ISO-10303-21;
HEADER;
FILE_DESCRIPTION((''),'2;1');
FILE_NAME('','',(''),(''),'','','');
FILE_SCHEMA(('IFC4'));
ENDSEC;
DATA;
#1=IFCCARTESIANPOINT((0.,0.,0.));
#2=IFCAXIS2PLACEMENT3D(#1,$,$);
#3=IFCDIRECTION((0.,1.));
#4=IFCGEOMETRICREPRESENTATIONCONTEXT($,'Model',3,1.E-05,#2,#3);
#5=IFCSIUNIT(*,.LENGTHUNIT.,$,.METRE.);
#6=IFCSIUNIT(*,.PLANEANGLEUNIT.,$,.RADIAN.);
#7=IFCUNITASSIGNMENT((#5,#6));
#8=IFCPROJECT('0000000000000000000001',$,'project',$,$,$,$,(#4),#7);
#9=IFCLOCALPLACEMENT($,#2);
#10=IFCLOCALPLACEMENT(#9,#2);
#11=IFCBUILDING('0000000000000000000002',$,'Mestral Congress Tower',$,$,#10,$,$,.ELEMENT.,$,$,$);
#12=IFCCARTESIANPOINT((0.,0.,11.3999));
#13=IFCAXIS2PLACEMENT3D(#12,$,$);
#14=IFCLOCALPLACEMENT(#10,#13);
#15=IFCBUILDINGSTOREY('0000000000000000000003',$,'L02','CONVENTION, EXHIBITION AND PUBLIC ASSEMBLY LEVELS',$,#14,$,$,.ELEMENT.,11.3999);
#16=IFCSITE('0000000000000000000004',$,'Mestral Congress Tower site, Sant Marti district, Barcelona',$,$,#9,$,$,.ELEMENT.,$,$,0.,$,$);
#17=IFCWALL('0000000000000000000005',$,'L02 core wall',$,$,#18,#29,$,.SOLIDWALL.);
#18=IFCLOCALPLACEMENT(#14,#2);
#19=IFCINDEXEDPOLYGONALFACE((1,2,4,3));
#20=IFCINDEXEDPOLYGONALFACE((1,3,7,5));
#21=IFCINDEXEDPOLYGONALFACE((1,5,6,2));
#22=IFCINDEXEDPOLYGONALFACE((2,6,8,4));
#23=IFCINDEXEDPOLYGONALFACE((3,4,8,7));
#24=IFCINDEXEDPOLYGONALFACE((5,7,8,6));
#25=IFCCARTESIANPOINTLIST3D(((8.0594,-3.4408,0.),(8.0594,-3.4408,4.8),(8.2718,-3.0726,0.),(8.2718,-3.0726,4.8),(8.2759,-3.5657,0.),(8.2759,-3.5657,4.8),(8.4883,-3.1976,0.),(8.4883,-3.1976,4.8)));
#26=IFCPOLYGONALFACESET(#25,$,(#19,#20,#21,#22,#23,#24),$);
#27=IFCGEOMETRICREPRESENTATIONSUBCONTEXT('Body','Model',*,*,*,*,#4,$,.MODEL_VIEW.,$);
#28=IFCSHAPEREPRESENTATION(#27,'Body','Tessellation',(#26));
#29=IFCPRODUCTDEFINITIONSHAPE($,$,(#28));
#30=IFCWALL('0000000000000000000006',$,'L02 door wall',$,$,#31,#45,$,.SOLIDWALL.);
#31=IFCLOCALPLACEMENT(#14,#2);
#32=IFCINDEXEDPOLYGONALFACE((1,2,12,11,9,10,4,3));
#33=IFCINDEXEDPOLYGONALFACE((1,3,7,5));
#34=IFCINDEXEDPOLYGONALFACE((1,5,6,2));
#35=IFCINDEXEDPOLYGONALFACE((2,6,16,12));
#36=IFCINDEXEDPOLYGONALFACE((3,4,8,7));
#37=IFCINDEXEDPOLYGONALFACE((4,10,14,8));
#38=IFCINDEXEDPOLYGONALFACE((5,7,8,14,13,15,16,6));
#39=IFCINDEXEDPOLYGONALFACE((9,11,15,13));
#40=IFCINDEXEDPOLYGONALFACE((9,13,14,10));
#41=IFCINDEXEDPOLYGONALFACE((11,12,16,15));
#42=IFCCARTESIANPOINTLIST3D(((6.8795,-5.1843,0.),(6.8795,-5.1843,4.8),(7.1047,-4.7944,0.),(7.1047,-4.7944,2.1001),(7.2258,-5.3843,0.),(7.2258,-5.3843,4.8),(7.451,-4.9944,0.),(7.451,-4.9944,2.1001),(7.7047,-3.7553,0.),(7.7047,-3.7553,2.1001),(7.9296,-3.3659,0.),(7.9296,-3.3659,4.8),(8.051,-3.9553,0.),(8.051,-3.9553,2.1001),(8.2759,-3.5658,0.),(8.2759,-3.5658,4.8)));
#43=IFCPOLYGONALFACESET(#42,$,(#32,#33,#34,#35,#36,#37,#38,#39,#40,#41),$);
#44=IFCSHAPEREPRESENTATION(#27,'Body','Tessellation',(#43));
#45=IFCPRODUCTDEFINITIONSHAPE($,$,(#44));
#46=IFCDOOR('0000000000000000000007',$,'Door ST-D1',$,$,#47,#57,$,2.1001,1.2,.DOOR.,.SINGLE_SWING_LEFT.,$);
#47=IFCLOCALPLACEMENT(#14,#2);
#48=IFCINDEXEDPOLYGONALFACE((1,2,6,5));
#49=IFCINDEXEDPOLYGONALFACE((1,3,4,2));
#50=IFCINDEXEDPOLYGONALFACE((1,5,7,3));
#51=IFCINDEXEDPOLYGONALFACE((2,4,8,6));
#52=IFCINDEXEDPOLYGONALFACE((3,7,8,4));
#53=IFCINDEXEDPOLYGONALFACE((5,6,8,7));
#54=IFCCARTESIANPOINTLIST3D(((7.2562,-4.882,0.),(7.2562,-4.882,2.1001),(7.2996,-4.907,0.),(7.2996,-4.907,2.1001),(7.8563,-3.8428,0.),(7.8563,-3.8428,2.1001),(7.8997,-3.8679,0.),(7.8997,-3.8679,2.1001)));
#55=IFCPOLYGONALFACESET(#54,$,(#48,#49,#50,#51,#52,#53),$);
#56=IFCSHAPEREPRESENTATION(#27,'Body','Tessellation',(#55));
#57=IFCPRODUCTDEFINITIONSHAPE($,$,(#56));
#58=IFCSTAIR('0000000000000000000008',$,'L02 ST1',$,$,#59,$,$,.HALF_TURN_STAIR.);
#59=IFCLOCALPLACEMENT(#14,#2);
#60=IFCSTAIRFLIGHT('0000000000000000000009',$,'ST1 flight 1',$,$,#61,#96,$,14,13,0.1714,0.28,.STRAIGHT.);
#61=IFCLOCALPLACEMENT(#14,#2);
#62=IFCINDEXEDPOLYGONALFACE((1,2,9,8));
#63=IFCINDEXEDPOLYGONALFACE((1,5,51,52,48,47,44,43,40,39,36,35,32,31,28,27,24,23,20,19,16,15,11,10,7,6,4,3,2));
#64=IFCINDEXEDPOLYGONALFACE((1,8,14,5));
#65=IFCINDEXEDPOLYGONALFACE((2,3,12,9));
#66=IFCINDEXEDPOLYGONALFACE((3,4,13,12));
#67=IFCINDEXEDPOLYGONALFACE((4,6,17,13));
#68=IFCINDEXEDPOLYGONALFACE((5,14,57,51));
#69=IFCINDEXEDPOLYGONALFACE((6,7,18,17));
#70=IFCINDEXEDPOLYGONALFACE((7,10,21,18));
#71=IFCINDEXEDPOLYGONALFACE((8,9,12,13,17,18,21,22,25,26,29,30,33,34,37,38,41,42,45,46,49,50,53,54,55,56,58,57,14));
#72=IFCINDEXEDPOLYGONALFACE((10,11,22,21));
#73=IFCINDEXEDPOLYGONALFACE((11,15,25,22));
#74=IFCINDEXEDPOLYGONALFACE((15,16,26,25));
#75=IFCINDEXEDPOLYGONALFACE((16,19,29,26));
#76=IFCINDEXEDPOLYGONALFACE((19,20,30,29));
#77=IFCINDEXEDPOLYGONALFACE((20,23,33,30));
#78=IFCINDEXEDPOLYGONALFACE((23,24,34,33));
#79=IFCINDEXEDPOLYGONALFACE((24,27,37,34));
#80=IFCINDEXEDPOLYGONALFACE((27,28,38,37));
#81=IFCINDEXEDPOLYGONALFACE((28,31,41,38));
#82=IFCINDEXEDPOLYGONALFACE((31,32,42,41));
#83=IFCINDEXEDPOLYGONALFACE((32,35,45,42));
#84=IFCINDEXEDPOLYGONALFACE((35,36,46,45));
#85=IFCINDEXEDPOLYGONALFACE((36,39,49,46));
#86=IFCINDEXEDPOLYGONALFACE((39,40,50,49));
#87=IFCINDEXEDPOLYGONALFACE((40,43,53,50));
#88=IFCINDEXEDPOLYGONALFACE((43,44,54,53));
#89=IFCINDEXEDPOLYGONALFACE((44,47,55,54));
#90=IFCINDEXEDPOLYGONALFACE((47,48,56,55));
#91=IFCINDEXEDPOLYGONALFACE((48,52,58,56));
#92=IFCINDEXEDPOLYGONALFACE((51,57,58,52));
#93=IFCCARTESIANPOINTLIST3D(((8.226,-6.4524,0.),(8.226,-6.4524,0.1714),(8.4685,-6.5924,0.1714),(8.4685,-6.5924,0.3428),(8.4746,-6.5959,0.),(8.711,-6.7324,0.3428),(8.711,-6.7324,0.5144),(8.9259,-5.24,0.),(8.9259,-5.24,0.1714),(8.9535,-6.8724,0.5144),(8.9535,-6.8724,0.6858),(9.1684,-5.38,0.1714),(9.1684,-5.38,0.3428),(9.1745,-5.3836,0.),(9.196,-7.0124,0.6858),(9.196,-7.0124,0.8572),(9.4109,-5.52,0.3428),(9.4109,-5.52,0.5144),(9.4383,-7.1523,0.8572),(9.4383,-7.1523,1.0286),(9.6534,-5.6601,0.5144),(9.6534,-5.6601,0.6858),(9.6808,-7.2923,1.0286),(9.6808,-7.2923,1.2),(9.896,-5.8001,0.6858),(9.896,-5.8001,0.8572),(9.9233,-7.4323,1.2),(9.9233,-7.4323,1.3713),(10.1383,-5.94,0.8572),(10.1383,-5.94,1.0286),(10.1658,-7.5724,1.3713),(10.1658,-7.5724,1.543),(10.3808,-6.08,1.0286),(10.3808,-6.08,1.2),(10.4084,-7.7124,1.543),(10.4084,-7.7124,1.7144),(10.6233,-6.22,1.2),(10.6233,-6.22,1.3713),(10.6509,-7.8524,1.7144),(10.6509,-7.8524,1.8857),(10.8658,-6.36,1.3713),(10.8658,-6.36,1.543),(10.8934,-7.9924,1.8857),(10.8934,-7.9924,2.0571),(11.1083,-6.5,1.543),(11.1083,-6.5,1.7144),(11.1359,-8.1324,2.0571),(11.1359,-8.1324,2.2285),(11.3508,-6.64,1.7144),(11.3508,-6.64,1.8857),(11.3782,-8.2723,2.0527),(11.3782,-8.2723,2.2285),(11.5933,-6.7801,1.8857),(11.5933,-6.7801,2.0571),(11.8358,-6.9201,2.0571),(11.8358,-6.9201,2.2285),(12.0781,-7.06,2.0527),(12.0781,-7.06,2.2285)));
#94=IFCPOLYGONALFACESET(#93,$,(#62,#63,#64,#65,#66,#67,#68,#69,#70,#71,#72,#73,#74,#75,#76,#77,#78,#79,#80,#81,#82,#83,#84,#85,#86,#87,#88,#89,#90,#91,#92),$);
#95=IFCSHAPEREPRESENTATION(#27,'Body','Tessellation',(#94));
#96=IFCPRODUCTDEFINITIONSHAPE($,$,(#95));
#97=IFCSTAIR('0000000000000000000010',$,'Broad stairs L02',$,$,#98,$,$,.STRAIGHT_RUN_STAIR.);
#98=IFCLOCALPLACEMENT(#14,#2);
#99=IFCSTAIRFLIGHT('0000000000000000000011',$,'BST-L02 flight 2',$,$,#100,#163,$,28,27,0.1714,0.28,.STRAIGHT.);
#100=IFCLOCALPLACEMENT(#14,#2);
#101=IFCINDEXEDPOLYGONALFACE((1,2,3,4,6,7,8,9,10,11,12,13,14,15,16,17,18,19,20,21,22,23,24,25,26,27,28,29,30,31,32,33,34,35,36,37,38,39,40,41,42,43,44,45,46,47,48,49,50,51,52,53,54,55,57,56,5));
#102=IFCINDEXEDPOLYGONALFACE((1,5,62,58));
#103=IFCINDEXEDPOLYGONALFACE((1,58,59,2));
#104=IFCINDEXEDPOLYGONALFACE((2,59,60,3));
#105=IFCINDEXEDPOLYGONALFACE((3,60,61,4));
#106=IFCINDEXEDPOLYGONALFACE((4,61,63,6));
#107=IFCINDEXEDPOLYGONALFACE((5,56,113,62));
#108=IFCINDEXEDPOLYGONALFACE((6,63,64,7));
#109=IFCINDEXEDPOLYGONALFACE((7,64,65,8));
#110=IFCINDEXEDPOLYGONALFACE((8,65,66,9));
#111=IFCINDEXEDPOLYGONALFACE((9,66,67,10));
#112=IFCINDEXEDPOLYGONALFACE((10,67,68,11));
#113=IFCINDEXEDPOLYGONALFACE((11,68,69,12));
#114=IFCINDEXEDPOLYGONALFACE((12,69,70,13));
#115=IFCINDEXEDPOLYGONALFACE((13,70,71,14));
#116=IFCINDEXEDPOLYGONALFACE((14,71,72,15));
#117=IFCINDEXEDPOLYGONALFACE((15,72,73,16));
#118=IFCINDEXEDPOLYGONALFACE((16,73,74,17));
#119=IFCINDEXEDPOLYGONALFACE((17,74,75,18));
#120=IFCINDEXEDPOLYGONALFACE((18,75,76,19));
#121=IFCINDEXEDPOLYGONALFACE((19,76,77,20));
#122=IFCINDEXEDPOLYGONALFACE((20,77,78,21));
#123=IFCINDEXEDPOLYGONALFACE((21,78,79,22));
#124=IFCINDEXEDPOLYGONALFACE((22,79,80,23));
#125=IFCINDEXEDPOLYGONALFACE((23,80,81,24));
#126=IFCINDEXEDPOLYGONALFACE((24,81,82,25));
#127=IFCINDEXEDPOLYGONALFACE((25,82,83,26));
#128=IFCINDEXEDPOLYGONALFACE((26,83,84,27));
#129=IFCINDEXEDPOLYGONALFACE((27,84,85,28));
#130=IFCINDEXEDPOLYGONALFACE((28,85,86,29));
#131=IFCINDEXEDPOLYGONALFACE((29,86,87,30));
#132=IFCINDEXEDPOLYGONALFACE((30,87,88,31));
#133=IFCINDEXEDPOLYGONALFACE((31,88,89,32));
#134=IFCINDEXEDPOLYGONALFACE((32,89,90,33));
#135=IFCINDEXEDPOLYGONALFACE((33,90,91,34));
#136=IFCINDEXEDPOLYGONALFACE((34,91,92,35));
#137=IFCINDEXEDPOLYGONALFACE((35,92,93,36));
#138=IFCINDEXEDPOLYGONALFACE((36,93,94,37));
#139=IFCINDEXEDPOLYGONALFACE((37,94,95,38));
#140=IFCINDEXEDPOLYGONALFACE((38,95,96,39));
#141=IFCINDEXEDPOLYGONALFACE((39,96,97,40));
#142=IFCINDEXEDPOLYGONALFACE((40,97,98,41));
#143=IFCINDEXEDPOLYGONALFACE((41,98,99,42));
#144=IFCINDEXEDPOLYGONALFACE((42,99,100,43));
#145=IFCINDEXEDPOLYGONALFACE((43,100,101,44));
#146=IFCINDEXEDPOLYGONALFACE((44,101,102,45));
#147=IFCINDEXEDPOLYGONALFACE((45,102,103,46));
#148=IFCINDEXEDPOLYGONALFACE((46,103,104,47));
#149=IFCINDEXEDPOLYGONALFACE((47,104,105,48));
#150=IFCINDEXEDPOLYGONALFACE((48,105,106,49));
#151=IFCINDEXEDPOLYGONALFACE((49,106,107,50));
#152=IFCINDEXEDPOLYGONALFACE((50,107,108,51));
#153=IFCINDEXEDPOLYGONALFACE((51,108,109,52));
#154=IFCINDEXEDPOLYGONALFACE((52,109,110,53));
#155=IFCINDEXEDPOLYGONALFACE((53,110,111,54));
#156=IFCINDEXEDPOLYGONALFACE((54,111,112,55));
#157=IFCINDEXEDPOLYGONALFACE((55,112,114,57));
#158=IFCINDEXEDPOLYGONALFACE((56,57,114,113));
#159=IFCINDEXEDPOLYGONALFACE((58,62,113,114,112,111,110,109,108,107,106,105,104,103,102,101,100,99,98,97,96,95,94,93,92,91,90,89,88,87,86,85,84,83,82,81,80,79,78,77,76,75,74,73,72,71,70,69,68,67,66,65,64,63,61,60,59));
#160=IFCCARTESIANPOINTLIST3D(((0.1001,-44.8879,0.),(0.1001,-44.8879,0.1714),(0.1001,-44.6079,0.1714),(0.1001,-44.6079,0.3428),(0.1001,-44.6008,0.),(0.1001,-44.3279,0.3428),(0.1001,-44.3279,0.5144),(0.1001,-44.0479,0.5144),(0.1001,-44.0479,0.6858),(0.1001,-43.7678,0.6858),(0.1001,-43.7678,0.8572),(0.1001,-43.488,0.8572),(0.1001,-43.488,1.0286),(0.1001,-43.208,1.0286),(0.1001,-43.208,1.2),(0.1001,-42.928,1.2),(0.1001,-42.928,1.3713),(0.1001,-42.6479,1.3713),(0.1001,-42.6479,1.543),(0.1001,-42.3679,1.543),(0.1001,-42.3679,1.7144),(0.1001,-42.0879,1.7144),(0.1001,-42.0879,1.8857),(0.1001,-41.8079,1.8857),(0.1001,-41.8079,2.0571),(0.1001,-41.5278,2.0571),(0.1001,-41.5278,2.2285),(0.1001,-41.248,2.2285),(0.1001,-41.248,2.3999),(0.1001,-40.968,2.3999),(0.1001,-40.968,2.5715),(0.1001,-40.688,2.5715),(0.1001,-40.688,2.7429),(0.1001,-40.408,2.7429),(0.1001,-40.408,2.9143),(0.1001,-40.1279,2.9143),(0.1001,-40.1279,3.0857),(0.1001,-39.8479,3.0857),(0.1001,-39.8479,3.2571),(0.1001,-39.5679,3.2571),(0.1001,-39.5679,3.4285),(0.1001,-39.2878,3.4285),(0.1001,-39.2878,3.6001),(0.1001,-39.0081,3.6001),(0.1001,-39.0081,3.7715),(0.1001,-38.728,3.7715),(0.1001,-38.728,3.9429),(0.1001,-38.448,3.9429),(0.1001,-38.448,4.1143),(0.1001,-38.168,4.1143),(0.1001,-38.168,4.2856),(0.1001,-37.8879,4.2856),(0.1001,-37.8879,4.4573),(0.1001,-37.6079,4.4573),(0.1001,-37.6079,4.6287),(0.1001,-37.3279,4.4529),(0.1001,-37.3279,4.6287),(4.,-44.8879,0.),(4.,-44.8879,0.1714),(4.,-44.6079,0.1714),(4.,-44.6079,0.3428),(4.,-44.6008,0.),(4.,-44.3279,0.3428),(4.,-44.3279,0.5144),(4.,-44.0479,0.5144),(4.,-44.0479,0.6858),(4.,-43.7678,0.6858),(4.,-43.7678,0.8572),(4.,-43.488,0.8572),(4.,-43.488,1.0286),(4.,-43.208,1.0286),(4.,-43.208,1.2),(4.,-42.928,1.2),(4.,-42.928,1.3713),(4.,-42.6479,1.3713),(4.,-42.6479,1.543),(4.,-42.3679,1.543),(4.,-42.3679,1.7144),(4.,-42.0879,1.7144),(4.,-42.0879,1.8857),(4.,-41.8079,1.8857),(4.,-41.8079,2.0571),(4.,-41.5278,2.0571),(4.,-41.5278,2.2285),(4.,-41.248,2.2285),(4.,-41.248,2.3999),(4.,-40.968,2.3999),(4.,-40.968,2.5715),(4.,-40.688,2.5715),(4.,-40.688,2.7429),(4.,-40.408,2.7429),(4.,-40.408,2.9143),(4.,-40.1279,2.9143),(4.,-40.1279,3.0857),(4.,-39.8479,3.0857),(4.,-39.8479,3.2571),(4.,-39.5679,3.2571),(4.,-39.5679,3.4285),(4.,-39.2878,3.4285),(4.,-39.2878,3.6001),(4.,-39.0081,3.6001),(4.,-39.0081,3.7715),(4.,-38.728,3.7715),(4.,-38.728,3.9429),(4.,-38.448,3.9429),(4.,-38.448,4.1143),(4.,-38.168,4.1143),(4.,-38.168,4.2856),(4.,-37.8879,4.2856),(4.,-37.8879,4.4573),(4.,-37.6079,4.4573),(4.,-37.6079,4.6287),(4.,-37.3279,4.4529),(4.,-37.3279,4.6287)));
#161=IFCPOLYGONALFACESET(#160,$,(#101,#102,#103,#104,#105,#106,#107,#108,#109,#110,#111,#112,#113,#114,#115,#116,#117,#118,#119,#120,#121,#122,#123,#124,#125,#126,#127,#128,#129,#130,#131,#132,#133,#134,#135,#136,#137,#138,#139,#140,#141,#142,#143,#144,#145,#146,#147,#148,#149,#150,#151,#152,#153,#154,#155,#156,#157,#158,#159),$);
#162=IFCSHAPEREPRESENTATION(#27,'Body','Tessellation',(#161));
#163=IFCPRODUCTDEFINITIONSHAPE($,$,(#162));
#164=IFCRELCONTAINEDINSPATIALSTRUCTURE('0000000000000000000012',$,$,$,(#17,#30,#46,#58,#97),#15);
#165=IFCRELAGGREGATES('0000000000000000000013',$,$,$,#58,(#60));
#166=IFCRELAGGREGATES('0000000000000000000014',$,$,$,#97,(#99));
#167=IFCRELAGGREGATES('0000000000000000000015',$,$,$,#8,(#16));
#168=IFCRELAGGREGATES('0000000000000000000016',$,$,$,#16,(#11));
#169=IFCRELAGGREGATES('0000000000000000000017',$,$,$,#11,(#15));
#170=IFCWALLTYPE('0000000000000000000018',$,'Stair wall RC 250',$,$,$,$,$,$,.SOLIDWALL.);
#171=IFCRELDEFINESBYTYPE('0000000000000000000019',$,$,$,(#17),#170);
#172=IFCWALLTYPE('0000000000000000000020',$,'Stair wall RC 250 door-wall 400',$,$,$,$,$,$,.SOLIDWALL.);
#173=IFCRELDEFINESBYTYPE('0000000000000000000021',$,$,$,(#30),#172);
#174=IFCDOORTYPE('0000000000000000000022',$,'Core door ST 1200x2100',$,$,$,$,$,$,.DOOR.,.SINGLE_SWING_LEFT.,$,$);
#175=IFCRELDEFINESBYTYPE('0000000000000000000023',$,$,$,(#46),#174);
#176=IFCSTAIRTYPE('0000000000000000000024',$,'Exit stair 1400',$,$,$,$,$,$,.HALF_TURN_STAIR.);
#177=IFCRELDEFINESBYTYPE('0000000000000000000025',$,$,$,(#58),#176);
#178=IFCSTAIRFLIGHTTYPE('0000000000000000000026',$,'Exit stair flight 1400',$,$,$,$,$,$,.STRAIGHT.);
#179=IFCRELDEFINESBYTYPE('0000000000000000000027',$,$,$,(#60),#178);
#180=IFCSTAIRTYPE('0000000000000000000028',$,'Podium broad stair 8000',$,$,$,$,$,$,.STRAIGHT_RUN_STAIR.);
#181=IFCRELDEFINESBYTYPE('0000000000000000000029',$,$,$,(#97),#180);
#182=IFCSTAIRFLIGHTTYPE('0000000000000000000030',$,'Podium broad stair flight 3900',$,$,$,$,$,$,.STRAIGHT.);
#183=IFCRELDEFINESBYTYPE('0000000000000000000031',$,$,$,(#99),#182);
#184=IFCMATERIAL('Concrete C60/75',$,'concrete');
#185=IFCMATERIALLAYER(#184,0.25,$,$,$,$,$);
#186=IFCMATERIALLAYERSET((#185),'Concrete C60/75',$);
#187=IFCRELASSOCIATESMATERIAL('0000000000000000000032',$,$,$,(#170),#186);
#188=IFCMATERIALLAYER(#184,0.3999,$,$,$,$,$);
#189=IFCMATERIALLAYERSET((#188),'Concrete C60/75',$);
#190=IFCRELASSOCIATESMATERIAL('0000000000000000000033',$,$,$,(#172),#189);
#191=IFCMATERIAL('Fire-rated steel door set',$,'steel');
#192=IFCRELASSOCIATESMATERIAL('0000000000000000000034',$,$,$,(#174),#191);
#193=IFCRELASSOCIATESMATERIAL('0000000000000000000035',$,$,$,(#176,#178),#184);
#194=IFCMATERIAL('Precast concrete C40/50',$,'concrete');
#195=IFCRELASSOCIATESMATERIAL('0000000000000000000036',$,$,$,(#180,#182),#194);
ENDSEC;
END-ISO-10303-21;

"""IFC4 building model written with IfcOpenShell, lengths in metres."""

from ifc_helpers import new_model, si_unit, direction, frame, frame_2d, origin, place, context, subcontext, project, spatial, polyline, rectangle, outline, extrude, material, layer, layer_set, type_object, element, fill, aggregate, save


model = new_model("IFC4")

# Units and contexts
model_context = context("Model", 3, precision=1e-05, world=origin(), true_north=direction((0.0, 1.0)))
body_context = subcontext(model_context, "Body", "Model", "MODEL_VIEW")
ifc_project = project(units=[si_unit("LENGTHUNIT", "METRE"), si_unit("PLANEANGLEUNIT", "RADIAN")], contexts=[model_context])

# Site, building, storey
site_placement = place(None, origin())
site = spatial("IfcSite", under=ifc_project, at=site_placement, Name="Mestral Congress Tower site, Sant Marti district, Barcelona", CompositionType="ELEMENT", RefElevation=0.0)
building_placement = place(site_placement, origin())
building = spatial("IfcBuilding", under=site, at=building_placement, Name="Mestral Congress Tower", CompositionType="ELEMENT")
storey_placement = place(building_placement, frame((0.0, 0.0, 11.3999)))
storey = spatial("IfcBuildingStorey", under=building, at=storey_placement, Name="L02", Description="CONVENTION, EXHIBITION AND PUBLIC ASSEMBLY LEVELS", CompositionType="ELEMENT", Elevation=11.3999)

# Shared definitions
ifc_material_1 = material(Name="Fire-rated steel door set", Category="steel")

# Wall
ifc_material_2 = material(Name="Concrete C60/75", Category="concrete")
ifc_layer_1 = layer(ifc_material_2, 0.25)
ifc_layer_set_1 = layer_set([ifc_layer_1], Name="Concrete C60/75")
wall_type_1 = type_object("IfcWallType", Name="Stair wall RC 250", PredefinedType="SOLIDWALL", material=ifc_layer_set_1)
wall_1_placement = place(storey_placement, frame((8.1677, -3.5032, 0.0), z_axis=(0.0, 0.0, 1.0), x_axis=(0.499722, 0.866186, 0.0)))
element("IfcWall", 1, at=wall_1_placement, inside=storey, type_object=wall_type_1, Name="L02 core wall", PredefinedType="SOLIDWALL", context=body_context, shape_type="SweptSolid", body=[
    extrude(rectangle(XDim=0.425, YDim=0.25, at=frame_2d((0.2124, 0.0))), origin(), (0.0, 0.0, 1.0), 4.8),
])

# Wall, opening, door
ifc_layer_2 = layer(ifc_material_2, 0.3999)
ifc_layer_set_2 = layer_set([ifc_layer_2], Name="Concrete C60/75")
wall_type_2 = type_object("IfcWallType", Name="Stair wall RC 250 door-wall 400", PredefinedType="SOLIDWALL", material=ifc_layer_set_2)
wall_2_placement = place(storey_placement, frame((7.0527, -5.2842, 0.0), z_axis=(0.0, 0.0, 1.0), x_axis=(0.500078, 0.86598, 0.0)))
wall_2 = element("IfcWall", 2, at=wall_2_placement, inside=storey, type_object=wall_type_2, Name="L02 door wall", PredefinedType="SOLIDWALL", context=body_context, shape_type="SweptSolid", body=[
    extrude(rectangle(XDim=2.0999, YDim=0.3999, at=frame_2d((1.0498, 0.0))), origin(), (0.0, 0.0, 1.0), 4.8),
])
opening_1_placement = place(wall_2_placement, frame((0.45, 0.0, 0.0)))
opening_1 = element("IfcOpeningElement", 3, at=opening_1_placement, cuts=wall_2, PredefinedType="OPENING", context=body_context, shape_type="SweptSolid", body=[
    extrude(rectangle(XDim=1.2, YDim=2.1001, at=frame_2d((0.6001, 1.05))), frame((0.0, 0.21, 0.0), z_axis=(0.0, -1.0, 0.0), x_axis=(1.0, 0.0, 0.0)), (0.0, 0.0, 1.0), 0.4199),
])
door_type_1 = type_object("IfcDoorType", Name="Core door ST 1200x2100", OperationType="SINGLE_SWING_LEFT", PredefinedType="DOOR", material=ifc_material_1)
door_1_placement = place(opening_1_placement, origin())
door_1 = element("IfcDoor", 4, at=door_1_placement, inside=storey, type_object=door_type_1, Name="Door ST-D1", OperationType="SINGLE_SWING_LEFT", OverallHeight=2.1001, OverallWidth=1.2, PredefinedType="DOOR", context=body_context, shape_type="SweptSolid", body=[
    extrude(rectangle(XDim=1.2, YDim=2.1001, at=frame_2d((0.6001, 1.05))), frame((0.0, 0.0249, 0.0), z_axis=(0.0, -1.0, 0.0), x_axis=(1.0, 0.0, 0.0)), (0.0, 0.0, 1.0), 0.05),
])
fill(opening_1, door_1)

# Stairs, stair flights
stair_type_1 = type_object("IfcStairType", Name="Exit stair 1400", PredefinedType="HALF_TURN_STAIR", material=ifc_material_2)
placement = place(storey_placement, origin())
stair_1 = element("IfcStair", 5, at=placement, inside=storey, type_object=stair_type_1, Name="L02 ST1", PredefinedType="HALF_TURN_STAIR")
stair_flight_type_1 = type_object("IfcStairFlightType", Name="Exit stair flight 1400", PredefinedType="STRAIGHT", material=ifc_material_2)
stair_flight_1_placement = place(storey_placement, frame((8.5759, -5.8462, 0.0), z_axis=(0.0, 0.0, 1.0), x_axis=(0.866025, -0.5, 0.0)))
stair_flight_1 = element("IfcStairFlight", 6, at=stair_flight_1_placement, type_object=stair_flight_type_1, Name="ST1 flight 1", NumberOfRisers=14, NumberOfTreads=13, PredefinedType="STRAIGHT", RiserHeight=0.1714, TreadLength=0.28, context=body_context, shape_type="SweptSolid", body=[
    extrude(outline(polyline([(0.0, 0.0), (0.0, 0.1714), (0.28, 0.1714), (0.28, 0.3428), (0.5601, 0.3428), (0.5601, 0.5144), (0.8401, 0.5144), (0.8401, 0.6858), (1.1201, 0.6858), (1.1201, 0.8572), (1.3999, 0.8572), (1.3999, 1.0286), (1.6799, 1.0286), (1.6799, 1.2), (1.96, 1.2), (1.96, 1.3713), (2.24, 1.3713), (2.24, 1.543), (2.52, 1.543), (2.52, 1.7144), (2.8, 1.7144), (2.8, 1.8857), (3.0801, 1.8857), (3.0801, 2.0571), (3.3601, 2.0571), (3.3601, 2.2285), (3.6399, 2.2285), (3.6399, 2.3999), (3.6399, 2.0527), (0.2871, 0.0), (0.0, 0.0)])), frame((0.0, 0.7, 0.0), z_axis=(0.0, -1.0, 0.0), x_axis=(1.0, 0.0, 0.0)), (0.0, 0.0, 1.0), 1.3999),
])
aggregate(stair_1, [stair_flight_1])
ifc_material_3 = material(Name="Precast concrete C40/50", Category="concrete")
stair_type_2 = type_object("IfcStairType", Name="Podium broad stair 8000", PredefinedType="STRAIGHT_RUN_STAIR", material=ifc_material_3)
stair_2 = element("IfcStair", 7, at=placement, inside=storey, type_object=stair_type_2, Name="Broad stairs L02", PredefinedType="STRAIGHT_RUN_STAIR")
stair_flight_type_2 = type_object("IfcStairFlightType", Name="Podium broad stair flight 3900", PredefinedType="STRAIGHT", material=ifc_material_3)
stair_flight_2_placement = place(storey_placement, frame((2.05, -44.8879, 0.0), z_axis=(0.0, 0.0, 1.0), x_axis=(0.0, 1.0, 0.0)))
stair_flight_2 = element("IfcStairFlight", 8, at=stair_flight_2_placement, type_object=stair_flight_type_2, Name="BST-L02 flight 2", NumberOfRisers=28, NumberOfTreads=27, PredefinedType="STRAIGHT", RiserHeight=0.1714, TreadLength=0.28, context=body_context, shape_type="SweptSolid", body=[
    extrude(outline(polyline([(0.0, 0.0), (0.0, 0.1714), (0.28, 0.1714), (0.28, 0.3428), (0.5601, 0.3428), (0.5601, 0.5144), (0.8401, 0.5144), (0.8401, 0.6858), (1.1201, 0.6858), (1.1201, 0.8572), (1.3999, 0.8572), (1.3999, 1.0286), (1.6799, 1.0286), (1.6799, 1.2), (1.96, 1.2), (1.96, 1.3713), (2.24, 1.3713), (2.24, 1.543), (2.52, 1.543), (2.52, 1.7144), (2.8, 1.7144), (2.8, 1.8857), (3.0801, 1.8857), (3.0801, 2.0571), (3.3601, 2.0571), (3.3601, 2.2285), (3.6399, 2.2285), (3.6399, 2.3999), (3.9199, 2.3999), (3.9199, 2.5715), (4.2, 2.5715), (4.2, 2.7429), (4.48, 2.7429), (4.48, 2.9143), (4.76, 2.9143), (4.76, 3.0857), (5.04, 3.0857), (5.04, 3.2571), (5.3201, 3.2571), (5.3201, 3.4285), (5.6001, 3.4285), (5.6001, 3.6001), (5.8799, 3.6001), (5.8799, 3.7715), (6.1599, 3.7715), (6.1599, 3.9429), (6.4399, 3.9429), (6.4399, 4.1143), (6.72, 4.1143), (6.72, 4.2856), (7.0, 4.2856), (7.0, 4.4573), (7.28, 4.4573), (7.28, 4.6287), (7.5601, 4.6287), (7.5601, 4.8), (7.5601, 4.4529), (0.2871, 0.0), (0.0, 0.0)])), frame((0.0, 1.95, 0.0), z_axis=(0.0, -1.0, 0.0), x_axis=(1.0, 0.0, 0.0)), (0.0, 0.0, 1.0), 3.8999),
])
aggregate(stair_2, [stair_flight_2])

save(model, "model.ifc")
